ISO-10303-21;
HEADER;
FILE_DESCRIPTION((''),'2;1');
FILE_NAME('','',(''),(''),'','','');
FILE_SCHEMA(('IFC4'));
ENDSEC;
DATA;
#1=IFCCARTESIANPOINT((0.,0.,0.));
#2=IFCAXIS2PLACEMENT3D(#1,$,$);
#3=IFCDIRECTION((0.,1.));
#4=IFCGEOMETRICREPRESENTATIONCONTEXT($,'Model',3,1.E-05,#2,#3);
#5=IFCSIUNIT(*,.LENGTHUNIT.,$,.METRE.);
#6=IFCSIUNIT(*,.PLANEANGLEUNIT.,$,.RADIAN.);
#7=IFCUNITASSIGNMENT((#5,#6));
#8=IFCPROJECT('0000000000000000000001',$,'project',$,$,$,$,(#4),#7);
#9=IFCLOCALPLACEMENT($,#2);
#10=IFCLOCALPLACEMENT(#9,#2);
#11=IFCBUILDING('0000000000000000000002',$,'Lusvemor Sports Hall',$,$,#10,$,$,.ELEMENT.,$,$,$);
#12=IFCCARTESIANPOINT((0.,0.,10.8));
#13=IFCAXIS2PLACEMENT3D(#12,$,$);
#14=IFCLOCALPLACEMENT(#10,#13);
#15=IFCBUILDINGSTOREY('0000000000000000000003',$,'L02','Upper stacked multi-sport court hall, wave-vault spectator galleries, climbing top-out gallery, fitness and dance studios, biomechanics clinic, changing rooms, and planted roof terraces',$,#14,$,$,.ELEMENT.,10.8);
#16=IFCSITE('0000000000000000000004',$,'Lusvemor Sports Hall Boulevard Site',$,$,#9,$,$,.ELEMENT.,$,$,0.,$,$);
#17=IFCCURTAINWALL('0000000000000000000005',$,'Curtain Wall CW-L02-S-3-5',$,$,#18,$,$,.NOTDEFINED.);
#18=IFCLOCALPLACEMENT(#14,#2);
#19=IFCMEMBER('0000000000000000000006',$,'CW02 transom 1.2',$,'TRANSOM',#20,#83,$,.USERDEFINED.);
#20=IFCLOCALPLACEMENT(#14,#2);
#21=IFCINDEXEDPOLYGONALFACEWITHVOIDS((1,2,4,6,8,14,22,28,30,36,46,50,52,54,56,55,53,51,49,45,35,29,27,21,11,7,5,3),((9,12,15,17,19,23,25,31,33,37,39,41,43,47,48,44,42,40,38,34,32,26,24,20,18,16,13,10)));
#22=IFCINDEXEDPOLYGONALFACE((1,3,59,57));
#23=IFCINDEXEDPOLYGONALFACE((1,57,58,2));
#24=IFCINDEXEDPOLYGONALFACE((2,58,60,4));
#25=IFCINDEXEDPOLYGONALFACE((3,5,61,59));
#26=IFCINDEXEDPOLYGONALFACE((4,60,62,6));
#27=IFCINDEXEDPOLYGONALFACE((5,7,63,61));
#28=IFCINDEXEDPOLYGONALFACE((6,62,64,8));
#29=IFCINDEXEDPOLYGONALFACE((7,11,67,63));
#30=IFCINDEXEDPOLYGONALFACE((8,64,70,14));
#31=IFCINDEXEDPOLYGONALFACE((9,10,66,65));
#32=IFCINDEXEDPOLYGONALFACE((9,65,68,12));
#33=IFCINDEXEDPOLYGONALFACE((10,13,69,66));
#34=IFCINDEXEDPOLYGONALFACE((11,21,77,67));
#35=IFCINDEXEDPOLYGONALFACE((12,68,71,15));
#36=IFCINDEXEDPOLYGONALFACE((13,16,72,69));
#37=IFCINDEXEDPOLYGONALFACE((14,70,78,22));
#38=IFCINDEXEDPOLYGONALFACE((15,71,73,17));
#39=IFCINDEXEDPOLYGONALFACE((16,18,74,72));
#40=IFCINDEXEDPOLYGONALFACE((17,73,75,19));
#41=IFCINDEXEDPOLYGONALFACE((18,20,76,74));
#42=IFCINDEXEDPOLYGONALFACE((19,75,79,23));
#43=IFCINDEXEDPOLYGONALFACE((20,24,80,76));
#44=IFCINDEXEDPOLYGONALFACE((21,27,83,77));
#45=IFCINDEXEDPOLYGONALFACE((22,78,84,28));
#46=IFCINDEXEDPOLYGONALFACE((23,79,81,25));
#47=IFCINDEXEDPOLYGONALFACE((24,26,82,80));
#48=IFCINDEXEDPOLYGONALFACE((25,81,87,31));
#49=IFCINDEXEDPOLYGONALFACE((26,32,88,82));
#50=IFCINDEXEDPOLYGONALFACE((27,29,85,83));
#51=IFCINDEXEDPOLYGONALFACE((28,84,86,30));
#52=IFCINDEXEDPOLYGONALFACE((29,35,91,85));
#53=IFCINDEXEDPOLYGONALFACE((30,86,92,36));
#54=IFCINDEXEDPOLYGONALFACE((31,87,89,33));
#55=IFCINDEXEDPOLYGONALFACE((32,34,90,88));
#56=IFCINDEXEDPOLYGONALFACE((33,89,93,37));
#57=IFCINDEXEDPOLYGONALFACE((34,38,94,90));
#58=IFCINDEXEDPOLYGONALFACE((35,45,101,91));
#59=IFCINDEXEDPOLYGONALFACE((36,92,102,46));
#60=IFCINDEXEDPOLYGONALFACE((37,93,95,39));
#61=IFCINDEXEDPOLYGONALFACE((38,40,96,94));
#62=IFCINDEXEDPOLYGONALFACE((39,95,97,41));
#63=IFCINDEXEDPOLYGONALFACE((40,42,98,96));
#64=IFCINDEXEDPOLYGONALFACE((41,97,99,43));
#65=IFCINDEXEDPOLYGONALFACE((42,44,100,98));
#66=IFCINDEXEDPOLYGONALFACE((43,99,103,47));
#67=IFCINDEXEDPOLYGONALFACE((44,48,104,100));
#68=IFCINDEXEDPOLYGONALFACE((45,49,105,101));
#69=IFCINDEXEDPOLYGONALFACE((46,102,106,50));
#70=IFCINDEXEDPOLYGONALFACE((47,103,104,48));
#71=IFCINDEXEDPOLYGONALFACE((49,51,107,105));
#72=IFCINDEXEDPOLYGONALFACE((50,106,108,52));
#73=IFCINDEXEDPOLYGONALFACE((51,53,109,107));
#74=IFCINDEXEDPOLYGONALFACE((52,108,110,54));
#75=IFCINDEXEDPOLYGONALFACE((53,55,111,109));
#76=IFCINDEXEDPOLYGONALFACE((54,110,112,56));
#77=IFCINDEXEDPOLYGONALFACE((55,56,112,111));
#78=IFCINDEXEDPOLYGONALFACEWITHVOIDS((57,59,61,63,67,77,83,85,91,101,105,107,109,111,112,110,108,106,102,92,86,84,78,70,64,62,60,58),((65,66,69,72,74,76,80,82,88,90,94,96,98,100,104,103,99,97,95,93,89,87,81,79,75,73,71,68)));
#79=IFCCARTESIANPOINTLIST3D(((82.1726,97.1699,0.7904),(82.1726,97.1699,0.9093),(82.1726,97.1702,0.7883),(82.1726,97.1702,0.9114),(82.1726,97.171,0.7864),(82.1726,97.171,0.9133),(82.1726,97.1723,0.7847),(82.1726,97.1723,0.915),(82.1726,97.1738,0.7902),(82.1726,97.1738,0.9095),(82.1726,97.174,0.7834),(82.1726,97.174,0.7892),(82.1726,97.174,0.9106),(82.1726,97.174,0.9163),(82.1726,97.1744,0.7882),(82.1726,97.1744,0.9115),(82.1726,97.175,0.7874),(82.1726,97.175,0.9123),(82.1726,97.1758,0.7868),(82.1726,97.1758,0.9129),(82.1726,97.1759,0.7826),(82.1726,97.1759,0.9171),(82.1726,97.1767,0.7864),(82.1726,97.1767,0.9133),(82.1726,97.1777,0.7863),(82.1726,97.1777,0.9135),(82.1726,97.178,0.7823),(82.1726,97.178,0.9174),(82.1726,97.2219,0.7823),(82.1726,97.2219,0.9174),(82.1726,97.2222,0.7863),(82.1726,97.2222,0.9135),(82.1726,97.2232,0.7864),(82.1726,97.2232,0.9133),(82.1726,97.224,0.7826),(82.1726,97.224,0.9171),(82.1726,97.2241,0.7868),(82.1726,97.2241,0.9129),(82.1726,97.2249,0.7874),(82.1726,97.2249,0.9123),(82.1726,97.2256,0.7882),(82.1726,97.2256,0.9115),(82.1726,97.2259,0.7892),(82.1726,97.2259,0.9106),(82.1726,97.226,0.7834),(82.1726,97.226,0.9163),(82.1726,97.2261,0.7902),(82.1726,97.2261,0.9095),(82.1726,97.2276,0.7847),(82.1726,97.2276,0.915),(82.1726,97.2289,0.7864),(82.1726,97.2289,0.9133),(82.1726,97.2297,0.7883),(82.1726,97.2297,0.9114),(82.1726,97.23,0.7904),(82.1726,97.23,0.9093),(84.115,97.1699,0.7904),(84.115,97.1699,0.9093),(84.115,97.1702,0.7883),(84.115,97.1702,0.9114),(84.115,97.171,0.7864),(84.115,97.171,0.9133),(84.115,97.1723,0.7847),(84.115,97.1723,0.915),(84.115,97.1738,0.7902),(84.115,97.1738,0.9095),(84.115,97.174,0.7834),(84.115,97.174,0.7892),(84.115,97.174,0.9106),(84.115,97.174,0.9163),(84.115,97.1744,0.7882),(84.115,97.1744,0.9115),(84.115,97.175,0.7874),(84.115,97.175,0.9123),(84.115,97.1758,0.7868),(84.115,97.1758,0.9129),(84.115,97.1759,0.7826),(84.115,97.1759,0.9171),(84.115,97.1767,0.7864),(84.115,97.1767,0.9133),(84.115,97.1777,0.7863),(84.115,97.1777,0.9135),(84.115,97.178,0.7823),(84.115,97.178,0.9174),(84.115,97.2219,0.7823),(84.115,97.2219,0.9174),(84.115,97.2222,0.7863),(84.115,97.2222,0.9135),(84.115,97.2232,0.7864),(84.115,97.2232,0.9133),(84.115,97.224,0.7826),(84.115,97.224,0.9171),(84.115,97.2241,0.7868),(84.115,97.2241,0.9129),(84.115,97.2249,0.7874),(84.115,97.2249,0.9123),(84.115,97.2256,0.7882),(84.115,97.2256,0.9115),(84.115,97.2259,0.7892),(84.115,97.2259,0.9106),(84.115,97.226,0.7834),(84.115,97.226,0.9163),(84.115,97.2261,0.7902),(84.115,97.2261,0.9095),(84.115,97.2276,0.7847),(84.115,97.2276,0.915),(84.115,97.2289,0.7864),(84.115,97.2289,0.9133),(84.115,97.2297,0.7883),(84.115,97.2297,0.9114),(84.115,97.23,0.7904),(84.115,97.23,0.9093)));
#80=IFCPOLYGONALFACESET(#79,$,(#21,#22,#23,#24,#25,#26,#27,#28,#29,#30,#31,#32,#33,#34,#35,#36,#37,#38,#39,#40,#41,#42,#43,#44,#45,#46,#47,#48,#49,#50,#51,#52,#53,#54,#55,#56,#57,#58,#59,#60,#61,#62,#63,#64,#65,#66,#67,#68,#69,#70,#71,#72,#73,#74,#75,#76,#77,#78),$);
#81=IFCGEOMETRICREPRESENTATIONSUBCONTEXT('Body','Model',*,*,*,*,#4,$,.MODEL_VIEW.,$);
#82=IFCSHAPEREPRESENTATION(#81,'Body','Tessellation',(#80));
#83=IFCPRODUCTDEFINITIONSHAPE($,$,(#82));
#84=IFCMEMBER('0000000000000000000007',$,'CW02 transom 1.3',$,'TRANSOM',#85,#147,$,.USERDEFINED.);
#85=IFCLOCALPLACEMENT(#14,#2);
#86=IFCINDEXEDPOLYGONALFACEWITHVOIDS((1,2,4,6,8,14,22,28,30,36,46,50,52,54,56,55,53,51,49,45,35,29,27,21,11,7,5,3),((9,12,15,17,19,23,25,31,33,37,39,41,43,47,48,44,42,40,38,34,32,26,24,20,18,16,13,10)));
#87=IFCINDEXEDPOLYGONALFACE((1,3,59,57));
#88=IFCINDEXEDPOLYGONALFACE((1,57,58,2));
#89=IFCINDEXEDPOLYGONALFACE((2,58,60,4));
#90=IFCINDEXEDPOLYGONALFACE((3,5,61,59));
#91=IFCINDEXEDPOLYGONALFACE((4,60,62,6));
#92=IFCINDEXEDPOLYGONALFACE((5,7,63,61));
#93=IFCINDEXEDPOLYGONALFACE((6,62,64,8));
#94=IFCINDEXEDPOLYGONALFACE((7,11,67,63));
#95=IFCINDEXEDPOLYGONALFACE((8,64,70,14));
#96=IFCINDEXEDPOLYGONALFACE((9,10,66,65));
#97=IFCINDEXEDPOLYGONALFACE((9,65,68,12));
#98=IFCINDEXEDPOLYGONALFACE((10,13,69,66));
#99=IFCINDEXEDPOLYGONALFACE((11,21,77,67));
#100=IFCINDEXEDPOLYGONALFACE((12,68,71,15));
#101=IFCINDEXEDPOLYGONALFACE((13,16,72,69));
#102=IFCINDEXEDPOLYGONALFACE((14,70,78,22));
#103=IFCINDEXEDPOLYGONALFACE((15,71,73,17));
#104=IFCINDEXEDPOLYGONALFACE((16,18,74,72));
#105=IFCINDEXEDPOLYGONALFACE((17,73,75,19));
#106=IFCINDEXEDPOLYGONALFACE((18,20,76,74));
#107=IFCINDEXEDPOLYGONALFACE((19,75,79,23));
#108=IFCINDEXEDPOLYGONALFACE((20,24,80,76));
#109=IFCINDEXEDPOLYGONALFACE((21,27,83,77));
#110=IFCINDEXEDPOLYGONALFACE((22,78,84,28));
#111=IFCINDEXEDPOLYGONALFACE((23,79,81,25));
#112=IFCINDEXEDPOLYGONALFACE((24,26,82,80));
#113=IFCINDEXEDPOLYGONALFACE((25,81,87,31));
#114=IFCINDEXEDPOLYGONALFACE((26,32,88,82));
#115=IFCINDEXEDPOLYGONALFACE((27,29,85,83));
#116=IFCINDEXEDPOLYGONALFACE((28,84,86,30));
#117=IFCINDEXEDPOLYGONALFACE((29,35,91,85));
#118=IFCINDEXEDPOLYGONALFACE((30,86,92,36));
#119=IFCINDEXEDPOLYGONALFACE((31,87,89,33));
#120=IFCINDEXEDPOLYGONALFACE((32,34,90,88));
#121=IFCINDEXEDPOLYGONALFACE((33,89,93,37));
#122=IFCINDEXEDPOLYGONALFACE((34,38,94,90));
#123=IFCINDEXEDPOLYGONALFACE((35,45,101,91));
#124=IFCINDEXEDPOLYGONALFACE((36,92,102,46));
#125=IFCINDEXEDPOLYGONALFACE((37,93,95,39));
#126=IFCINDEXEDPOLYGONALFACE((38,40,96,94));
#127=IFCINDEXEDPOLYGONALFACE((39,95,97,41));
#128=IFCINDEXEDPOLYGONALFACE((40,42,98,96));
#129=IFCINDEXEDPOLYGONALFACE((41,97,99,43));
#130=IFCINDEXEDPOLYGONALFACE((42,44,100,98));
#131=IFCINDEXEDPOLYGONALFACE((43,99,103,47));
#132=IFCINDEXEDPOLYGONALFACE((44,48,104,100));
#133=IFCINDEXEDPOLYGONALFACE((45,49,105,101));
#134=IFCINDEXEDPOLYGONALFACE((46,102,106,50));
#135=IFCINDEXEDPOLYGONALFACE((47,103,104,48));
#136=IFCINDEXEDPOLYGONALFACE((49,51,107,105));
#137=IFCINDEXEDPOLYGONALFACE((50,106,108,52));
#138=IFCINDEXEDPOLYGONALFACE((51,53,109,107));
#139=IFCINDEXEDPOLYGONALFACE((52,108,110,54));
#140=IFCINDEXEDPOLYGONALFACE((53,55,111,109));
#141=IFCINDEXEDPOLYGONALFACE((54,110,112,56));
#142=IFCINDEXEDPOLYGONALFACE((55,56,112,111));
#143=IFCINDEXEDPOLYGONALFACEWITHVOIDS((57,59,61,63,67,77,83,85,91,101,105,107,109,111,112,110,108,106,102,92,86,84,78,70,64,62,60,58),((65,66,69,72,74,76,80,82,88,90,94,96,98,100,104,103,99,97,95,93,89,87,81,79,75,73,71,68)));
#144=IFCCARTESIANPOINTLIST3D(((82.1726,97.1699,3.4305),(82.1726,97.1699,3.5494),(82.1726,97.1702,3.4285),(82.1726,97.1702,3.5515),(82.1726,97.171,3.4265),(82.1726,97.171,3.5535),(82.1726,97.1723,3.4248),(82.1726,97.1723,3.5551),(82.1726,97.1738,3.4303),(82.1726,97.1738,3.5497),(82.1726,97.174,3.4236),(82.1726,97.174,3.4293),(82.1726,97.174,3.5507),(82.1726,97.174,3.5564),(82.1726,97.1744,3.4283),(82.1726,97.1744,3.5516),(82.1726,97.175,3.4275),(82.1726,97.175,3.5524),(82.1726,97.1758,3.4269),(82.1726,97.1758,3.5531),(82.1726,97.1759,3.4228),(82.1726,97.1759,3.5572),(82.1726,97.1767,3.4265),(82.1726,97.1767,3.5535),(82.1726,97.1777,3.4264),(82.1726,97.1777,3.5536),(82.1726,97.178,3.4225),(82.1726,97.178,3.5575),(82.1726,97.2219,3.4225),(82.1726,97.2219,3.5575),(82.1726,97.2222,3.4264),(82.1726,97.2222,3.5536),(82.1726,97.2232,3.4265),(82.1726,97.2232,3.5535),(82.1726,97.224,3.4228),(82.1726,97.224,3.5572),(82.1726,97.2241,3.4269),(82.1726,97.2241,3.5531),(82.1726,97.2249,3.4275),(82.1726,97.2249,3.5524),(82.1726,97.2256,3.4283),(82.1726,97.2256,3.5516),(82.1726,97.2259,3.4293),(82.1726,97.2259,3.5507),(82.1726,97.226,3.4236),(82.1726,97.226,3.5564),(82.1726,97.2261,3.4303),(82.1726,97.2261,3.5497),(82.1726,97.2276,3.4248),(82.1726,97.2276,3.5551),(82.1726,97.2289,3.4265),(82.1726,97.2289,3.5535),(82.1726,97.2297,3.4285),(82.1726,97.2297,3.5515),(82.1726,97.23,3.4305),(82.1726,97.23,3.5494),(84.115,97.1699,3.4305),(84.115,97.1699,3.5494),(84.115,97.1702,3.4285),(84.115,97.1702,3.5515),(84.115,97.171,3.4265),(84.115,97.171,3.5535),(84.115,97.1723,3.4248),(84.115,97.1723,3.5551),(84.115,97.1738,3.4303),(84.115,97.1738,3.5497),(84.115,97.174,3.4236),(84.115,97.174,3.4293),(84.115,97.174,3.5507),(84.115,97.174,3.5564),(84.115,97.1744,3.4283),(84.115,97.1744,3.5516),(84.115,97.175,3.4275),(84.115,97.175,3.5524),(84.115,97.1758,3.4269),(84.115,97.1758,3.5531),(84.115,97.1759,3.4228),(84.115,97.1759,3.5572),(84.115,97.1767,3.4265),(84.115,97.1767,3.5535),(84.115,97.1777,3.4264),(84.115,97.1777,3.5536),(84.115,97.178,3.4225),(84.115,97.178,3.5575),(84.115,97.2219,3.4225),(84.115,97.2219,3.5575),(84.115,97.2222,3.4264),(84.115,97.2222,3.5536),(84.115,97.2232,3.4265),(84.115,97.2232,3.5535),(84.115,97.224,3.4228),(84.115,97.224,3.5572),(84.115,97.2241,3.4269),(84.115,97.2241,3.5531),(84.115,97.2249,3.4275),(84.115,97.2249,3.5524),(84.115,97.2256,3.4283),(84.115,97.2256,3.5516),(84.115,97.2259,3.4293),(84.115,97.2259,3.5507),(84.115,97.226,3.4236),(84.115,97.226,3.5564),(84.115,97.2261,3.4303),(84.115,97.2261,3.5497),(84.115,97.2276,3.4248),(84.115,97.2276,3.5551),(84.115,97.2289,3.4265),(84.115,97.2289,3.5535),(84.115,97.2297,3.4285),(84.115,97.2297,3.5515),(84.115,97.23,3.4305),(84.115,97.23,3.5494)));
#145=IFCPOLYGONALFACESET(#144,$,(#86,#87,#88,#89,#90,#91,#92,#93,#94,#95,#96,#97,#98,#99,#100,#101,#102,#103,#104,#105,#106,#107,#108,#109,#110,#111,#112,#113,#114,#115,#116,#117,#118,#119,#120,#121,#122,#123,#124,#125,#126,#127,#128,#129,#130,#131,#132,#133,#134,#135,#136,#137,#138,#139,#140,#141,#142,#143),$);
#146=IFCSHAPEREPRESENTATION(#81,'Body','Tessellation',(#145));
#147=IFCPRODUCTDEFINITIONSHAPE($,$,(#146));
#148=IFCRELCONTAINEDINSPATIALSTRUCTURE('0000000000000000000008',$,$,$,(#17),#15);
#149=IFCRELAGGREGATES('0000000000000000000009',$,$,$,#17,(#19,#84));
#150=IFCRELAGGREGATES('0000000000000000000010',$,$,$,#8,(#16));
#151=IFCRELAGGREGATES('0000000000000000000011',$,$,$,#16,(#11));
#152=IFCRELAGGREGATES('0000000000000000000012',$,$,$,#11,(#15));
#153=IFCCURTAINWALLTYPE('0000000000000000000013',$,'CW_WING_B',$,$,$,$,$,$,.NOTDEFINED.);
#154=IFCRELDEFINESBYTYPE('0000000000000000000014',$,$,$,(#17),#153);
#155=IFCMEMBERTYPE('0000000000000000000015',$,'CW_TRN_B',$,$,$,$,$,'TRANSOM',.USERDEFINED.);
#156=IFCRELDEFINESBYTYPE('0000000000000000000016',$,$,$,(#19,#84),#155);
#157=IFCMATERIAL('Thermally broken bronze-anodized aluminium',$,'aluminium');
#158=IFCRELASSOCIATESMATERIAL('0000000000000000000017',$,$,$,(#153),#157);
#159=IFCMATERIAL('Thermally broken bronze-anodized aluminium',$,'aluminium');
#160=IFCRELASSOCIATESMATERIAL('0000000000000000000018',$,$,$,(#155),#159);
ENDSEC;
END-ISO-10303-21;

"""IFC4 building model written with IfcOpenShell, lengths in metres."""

from ifc_helpers import new_model, si_unit, direction, frame, origin, origin_2d, place, context, subcontext, project, spatial, hollow_rectangle, extrude, material, material_profile, profile_set, type_object, element, aggregate, save


model = new_model("IFC4")

# Units and contexts
model_context = context("Model", 3, precision=1e-05, world=origin(), true_north=direction((0.0, 1.0)))
body_context = subcontext(model_context, "Body", "Model", "MODEL_VIEW")
ifc_project = project(units=[si_unit("LENGTHUNIT", "METRE"), si_unit("PLANEANGLEUNIT", "RADIAN")], contexts=[model_context])

# Site, building, storey
site_placement = place(None, origin())
site = spatial("IfcSite", under=ifc_project, at=site_placement, Name="Lusvemor Sports Hall Boulevard Site", CompositionType="ELEMENT", RefElevation=0.0)
building_placement = place(site_placement, origin())
building = spatial("IfcBuilding", under=site, at=building_placement, Name="Lusvemor Sports Hall", CompositionType="ELEMENT")
storey_placement = place(building_placement, frame((0.0, 0.0, 10.8)))
storey = spatial("IfcBuildingStorey", under=building, at=storey_placement, Name="L02", Description="Upper stacked multi-sport court hall, wave-vault spectator galleries, climbing top-out gallery, fitness and dance studios, biomechanics clinic, changing rooms, and planted roof terraces", CompositionType="ELEMENT", Elevation=10.8)

# Curtain wall
ifc_material_1 = material(Name="Thermally broken bronze-anodized aluminium", Category="aluminium")
curtain_wall_type = type_object("IfcCurtainWallType", Name="CW_WING_B", PredefinedType="NOTDEFINED", material=ifc_material_1)
curtain_wall_1_placement = place(storey_placement, origin())
curtain_wall_1 = element("IfcCurtainWall", 1, at=curtain_wall_1_placement, inside=storey, type_object=curtain_wall_type, Name="Curtain Wall CW-L02-S-3-5", PredefinedType="NOTDEFINED")

# Members
ifc_material_2 = material(Name="Thermally broken bronze-anodized aluminium", Category="aluminium")
ifc_material_profile_1 = material_profile(ifc_material_2, hollow_rectangle(XDim=0.0601, YDim=0.135, WallThickness=0.0039, InnerFilletRadius=0.0039, OuterFilletRadius=0.0081, at=origin_2d()), Name="CWTRN135x60x4")
ifc_profile_set_1 = profile_set([ifc_material_profile_1], Name="Thermally broken bronze-anodized aluminium")
member_type_1 = type_object("IfcMemberType", Name="CW_TRN_B", ElementType="TRANSOM", PredefinedType="USERDEFINED", material=ifc_profile_set_1)
member_1_placement = place(storey_placement, frame((84.115, 97.2, 0.8499), z_axis=(-1.0, 0.0, 0.0), x_axis=(0.0, -1.0, 0.0)))
member_1 = element("IfcMember", 2, at=member_1_placement, type_object=member_type_1, Name="CW02 transom 1.2", ObjectType="TRANSOM", PredefinedType="USERDEFINED", context=body_context, shape_type="SweptSolid", body=[
    extrude(hollow_rectangle(XDim=0.0601, YDim=0.135, WallThickness=0.0039, InnerFilletRadius=0.0039, OuterFilletRadius=0.0081, at=origin_2d()), origin(), (0.0, 0.0, 1.0), 1.9424),
])
member_2_placement = place(storey_placement, frame((84.115, 97.2, 3.49), z_axis=(-1.0, 0.0, 0.0), x_axis=(0.0, -1.0, 0.0)))
member_2 = element("IfcMember", 3, at=member_2_placement, type_object=member_type_1, Name="CW02 transom 1.3", ObjectType="TRANSOM", PredefinedType="USERDEFINED", context=body_context, shape_type="SweptSolid", body=[
    extrude(hollow_rectangle(XDim=0.0601, YDim=0.135, WallThickness=0.0039, InnerFilletRadius=0.0039, OuterFilletRadius=0.0081, at=origin_2d()), origin(), (0.0, 0.0, 1.0), 1.9424),
])

aggregate(curtain_wall_1, [member_1, member_2])

save(model, "model.ifc")
